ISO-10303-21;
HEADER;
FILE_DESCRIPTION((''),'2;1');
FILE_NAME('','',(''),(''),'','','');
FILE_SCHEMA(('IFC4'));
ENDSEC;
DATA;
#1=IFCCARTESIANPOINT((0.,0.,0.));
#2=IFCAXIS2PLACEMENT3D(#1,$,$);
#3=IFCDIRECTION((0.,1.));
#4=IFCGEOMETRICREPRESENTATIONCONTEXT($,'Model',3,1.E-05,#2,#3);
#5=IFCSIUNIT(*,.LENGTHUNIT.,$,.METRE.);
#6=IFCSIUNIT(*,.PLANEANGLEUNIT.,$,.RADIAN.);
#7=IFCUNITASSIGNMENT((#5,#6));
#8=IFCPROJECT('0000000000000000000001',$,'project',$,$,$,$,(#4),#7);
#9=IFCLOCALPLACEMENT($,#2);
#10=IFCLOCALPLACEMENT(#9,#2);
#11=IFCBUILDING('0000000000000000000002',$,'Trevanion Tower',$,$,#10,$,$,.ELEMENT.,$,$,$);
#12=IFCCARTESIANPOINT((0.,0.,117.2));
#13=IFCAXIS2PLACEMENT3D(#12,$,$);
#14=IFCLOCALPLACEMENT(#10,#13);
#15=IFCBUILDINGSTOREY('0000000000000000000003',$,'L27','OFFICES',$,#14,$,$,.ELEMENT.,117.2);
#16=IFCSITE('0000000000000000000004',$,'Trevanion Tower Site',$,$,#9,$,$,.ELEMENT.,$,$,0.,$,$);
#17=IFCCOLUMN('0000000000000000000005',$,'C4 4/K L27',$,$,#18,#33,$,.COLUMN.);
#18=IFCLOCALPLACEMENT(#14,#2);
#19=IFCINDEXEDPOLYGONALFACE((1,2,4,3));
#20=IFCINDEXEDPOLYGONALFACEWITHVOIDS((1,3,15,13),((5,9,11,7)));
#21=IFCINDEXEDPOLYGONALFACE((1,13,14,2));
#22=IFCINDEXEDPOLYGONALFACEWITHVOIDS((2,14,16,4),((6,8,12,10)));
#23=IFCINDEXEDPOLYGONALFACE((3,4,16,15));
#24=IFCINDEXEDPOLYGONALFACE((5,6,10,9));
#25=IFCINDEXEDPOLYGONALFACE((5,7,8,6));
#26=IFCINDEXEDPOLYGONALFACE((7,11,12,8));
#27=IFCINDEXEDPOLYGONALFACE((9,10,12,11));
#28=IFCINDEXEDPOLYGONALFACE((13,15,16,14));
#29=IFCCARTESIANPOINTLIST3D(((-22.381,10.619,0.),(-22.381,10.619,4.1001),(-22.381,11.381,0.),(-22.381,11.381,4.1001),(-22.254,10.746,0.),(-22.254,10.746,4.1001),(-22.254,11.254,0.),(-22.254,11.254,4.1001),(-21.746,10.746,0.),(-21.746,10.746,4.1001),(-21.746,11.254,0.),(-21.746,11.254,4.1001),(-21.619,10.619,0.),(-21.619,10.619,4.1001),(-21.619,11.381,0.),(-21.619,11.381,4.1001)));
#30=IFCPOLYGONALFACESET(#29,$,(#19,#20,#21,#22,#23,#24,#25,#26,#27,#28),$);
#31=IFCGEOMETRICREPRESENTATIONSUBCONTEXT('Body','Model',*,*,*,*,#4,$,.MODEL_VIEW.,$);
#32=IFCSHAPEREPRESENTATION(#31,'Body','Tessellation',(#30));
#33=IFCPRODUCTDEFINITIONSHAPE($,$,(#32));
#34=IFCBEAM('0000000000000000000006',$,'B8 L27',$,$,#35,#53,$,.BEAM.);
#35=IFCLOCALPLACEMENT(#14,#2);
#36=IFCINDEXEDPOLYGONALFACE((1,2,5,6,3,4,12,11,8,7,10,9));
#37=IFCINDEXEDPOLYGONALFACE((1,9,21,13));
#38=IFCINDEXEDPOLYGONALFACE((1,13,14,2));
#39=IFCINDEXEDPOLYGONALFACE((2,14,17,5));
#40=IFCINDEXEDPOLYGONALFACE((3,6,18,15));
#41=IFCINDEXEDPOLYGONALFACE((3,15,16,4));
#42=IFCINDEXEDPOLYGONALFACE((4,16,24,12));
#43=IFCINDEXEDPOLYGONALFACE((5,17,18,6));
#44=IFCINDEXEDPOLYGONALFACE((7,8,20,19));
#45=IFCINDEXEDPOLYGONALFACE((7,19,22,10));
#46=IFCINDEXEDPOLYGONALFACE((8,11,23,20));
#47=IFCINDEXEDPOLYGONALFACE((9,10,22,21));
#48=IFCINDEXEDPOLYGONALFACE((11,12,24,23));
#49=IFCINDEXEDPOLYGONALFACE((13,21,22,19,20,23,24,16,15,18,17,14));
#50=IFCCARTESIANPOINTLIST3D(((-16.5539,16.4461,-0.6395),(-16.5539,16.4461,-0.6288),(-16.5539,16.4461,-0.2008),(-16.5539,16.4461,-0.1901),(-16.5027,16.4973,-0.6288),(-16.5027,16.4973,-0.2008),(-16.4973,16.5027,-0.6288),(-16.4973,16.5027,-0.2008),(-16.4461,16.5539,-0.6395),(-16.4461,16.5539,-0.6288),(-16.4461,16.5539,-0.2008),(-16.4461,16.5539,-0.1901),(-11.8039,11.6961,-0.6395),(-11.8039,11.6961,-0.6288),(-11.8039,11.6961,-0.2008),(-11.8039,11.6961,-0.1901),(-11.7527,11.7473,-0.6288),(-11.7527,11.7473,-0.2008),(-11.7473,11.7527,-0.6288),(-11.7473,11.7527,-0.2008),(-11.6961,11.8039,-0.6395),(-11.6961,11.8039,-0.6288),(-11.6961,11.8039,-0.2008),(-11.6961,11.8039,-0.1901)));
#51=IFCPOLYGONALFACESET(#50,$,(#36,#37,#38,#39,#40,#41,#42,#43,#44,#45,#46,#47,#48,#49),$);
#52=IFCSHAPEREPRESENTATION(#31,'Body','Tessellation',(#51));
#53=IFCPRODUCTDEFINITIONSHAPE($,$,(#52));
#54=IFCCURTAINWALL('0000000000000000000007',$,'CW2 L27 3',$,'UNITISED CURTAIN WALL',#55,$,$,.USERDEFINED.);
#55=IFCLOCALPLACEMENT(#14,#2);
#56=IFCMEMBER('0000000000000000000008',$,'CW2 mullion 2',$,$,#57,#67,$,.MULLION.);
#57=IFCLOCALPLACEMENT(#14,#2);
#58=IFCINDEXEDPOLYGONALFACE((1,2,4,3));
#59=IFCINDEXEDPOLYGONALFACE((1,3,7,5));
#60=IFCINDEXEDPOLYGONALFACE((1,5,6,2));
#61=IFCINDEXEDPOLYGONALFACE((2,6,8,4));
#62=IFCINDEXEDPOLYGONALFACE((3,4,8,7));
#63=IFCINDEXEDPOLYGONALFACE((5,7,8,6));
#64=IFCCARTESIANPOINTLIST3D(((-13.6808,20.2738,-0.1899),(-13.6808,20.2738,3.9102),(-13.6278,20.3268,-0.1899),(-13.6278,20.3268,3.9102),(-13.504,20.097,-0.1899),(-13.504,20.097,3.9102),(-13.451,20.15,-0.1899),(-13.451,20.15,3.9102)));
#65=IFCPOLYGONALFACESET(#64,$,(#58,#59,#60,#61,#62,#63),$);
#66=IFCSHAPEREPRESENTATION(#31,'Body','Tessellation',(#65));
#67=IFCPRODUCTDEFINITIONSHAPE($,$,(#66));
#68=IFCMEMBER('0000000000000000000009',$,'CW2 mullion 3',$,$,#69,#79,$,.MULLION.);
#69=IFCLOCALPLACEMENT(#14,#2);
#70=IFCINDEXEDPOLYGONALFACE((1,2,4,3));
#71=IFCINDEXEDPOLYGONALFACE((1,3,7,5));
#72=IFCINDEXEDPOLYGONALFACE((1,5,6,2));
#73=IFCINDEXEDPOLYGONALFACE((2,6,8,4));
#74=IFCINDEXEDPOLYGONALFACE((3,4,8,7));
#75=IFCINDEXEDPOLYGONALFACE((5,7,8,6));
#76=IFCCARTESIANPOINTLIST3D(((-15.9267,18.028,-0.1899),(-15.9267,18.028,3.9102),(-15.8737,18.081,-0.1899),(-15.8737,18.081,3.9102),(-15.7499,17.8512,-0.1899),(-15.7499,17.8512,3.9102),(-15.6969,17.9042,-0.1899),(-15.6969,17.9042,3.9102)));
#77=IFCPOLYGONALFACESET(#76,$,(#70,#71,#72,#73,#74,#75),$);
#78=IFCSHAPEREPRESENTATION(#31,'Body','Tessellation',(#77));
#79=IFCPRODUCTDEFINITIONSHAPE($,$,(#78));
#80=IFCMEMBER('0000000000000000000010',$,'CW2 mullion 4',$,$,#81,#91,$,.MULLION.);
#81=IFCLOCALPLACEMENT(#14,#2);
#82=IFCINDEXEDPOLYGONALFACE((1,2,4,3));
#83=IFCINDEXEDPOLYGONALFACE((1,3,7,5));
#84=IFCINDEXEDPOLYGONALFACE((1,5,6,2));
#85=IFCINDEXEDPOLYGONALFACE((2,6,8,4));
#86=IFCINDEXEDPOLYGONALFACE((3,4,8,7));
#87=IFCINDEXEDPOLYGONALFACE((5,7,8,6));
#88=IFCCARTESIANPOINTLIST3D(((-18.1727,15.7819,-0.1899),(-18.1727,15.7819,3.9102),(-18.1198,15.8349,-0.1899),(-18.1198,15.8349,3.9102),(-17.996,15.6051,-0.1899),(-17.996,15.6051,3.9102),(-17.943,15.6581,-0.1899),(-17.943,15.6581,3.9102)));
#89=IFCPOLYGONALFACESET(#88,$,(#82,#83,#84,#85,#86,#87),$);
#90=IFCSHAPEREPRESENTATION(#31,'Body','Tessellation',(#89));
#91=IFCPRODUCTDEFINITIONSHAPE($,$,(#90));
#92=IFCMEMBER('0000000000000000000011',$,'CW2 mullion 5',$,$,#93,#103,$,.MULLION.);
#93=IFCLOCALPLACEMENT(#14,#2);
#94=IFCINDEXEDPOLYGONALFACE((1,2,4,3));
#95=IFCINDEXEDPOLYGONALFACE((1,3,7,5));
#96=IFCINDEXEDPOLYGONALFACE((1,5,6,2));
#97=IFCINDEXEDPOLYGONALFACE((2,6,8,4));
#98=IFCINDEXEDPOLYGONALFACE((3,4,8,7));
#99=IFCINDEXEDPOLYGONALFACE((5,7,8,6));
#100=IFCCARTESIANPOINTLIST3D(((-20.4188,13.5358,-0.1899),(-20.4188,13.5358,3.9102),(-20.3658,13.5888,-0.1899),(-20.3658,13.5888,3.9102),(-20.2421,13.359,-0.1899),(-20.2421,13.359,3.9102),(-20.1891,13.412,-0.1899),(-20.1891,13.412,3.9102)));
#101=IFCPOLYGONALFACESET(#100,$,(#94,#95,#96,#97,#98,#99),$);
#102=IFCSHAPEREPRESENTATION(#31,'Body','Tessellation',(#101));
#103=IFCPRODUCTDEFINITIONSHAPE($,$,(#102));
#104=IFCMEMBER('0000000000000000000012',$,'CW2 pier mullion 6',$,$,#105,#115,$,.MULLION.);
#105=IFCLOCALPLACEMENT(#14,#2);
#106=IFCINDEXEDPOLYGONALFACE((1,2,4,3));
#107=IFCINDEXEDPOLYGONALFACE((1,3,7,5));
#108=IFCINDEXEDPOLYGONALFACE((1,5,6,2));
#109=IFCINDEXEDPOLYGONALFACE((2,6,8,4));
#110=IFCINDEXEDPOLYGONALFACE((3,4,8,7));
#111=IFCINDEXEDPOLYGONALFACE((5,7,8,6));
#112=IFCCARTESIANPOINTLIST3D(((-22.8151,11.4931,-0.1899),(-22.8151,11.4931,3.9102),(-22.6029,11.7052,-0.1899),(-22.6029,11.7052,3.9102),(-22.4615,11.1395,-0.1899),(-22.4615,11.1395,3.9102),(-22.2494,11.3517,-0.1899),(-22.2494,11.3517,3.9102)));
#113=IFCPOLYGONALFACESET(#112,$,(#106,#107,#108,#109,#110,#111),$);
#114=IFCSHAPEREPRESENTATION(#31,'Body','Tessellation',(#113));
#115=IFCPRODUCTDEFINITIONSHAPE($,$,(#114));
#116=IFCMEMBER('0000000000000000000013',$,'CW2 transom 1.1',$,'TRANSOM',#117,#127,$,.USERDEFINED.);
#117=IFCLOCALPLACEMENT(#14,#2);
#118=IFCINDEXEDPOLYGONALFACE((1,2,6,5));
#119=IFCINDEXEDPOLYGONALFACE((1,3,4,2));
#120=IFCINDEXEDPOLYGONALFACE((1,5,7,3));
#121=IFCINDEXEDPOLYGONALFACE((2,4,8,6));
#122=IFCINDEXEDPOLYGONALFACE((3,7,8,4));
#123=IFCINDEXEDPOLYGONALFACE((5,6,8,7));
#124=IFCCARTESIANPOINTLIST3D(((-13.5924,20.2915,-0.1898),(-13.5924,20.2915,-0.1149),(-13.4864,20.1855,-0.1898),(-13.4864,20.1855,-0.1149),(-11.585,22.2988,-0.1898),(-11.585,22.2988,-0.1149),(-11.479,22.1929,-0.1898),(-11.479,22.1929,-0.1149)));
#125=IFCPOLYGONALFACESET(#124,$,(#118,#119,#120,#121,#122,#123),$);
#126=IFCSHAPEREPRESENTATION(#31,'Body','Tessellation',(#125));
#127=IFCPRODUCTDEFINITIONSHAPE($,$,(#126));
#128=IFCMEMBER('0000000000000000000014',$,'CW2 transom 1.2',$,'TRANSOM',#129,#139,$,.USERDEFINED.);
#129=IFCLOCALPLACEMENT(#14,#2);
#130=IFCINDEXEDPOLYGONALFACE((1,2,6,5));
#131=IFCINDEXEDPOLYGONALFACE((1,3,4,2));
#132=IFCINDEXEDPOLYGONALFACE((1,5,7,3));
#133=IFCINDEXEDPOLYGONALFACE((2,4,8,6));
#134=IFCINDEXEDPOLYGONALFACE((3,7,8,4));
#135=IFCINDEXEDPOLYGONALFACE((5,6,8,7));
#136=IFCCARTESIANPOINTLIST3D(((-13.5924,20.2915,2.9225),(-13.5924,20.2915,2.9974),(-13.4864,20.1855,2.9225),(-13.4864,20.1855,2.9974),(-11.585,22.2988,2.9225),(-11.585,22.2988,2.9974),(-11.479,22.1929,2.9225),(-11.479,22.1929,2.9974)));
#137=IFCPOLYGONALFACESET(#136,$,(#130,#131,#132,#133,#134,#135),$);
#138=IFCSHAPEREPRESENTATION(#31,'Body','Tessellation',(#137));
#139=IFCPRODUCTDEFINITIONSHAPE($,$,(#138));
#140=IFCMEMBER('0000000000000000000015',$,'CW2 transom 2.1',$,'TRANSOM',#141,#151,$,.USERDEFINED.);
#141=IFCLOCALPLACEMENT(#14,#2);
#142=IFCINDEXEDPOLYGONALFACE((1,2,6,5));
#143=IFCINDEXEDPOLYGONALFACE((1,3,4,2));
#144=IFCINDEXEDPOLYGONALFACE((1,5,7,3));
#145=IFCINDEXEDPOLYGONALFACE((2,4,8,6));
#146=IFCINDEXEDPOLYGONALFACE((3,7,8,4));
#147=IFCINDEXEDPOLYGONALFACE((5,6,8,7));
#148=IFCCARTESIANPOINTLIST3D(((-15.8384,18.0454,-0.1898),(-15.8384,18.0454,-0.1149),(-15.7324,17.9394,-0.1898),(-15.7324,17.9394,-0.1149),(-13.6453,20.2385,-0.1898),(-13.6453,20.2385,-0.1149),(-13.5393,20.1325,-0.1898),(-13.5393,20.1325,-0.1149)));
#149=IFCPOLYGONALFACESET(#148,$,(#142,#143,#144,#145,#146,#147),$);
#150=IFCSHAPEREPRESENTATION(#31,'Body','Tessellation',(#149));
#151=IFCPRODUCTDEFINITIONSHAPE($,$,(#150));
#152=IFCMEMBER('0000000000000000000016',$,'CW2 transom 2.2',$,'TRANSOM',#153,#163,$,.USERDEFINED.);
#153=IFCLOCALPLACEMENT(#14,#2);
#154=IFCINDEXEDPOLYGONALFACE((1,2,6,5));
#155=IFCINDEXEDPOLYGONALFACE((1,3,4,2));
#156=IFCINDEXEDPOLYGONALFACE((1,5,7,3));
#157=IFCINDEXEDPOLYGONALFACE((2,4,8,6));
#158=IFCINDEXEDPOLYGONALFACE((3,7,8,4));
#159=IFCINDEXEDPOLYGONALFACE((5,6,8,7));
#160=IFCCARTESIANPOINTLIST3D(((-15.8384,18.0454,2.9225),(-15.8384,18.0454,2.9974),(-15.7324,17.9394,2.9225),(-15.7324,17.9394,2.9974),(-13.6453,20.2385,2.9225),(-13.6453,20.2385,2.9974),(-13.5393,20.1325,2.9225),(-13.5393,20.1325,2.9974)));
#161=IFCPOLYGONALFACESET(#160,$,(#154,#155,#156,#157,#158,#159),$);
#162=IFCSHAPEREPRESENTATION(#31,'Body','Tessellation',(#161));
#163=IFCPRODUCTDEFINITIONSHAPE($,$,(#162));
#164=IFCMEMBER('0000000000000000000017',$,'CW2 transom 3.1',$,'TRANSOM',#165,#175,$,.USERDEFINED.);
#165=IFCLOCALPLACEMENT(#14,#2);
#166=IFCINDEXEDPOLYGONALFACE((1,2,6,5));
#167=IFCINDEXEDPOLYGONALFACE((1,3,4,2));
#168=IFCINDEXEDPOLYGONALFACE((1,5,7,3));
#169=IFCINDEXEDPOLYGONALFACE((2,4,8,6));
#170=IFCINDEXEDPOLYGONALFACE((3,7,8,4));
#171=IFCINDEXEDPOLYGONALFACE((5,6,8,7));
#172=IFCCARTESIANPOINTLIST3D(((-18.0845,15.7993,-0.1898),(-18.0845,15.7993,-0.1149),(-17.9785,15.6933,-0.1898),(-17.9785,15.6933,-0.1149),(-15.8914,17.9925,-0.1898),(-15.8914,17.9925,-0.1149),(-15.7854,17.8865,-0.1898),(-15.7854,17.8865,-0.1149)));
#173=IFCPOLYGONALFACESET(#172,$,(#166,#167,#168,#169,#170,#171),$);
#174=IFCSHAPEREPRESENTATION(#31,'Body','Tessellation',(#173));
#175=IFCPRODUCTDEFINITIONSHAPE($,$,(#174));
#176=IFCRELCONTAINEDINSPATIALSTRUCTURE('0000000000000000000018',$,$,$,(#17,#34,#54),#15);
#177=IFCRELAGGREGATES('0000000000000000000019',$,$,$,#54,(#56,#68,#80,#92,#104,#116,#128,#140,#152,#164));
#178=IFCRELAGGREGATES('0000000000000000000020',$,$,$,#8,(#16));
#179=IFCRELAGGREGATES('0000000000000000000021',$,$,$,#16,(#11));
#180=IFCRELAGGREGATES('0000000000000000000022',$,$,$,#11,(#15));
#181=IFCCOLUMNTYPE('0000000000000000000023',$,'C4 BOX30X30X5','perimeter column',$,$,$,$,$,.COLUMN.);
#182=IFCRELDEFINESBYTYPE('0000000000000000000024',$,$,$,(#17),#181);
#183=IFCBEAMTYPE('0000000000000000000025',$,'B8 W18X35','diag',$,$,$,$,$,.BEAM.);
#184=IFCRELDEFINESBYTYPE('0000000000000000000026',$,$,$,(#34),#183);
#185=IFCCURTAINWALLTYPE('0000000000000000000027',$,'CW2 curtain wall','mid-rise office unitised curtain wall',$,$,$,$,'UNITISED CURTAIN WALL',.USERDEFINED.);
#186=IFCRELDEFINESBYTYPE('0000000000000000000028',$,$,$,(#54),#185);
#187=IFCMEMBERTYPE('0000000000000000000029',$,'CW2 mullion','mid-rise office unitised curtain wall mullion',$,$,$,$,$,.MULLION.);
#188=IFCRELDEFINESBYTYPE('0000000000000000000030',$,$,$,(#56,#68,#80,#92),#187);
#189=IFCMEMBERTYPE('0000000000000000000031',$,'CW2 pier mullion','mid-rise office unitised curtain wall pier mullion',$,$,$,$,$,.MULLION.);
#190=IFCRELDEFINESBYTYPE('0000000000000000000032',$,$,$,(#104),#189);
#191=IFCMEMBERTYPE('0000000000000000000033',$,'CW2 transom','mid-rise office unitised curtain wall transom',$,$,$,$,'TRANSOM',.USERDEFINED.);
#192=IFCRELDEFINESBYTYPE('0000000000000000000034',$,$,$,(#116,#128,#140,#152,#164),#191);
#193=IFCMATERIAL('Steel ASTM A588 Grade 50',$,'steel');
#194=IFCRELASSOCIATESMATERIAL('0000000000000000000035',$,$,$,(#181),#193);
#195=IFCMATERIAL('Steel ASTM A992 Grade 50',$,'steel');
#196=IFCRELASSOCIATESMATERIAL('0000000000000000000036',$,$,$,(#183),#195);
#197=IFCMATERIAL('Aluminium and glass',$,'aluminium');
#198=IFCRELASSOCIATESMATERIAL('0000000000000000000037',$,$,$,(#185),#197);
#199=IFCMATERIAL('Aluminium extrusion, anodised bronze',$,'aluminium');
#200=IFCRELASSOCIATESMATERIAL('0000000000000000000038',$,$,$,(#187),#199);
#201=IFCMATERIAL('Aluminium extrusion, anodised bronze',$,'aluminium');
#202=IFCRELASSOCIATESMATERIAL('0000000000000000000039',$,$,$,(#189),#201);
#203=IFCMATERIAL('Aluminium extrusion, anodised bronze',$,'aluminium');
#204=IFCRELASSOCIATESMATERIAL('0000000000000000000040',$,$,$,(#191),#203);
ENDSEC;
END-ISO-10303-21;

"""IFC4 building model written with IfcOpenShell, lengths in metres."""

from ifc_helpers import new_model, si_unit, direction, frame, origin, origin_2d, place, context, subcontext, project, spatial, rectangle, hollow_rectangle, i_section, extrude, material, material_profile, profile_set, type_object, element, aggregate, save


model = new_model("IFC4")

# Units and contexts
model_context = context("Model", 3, precision=1e-05, world=origin(), true_north=direction((0.0, 1.0)))
body_context = subcontext(model_context, "Body", "Model", "MODEL_VIEW")
ifc_project = project(units=[si_unit("LENGTHUNIT", "METRE"), si_unit("PLANEANGLEUNIT", "RADIAN")], contexts=[model_context])

# Site, building, storey
site_placement = place(None, origin())
site = spatial("IfcSite", under=ifc_project, at=site_placement, Name="Trevanion Tower Site", CompositionType="ELEMENT", RefElevation=0.0)
building_placement = place(site_placement, origin())
building = spatial("IfcBuilding", under=site, at=building_placement, Name="Trevanion Tower", CompositionType="ELEMENT")
storey_placement = place(building_placement, frame((0.0, 0.0, 117.2)))
storey = spatial("IfcBuildingStorey", under=building, at=storey_placement, Name="L27", Description="OFFICES", CompositionType="ELEMENT", Elevation=117.2)

# Column
ifc_material_1 = material(Name="Steel ASTM A588 Grade 50", Category="steel")
ifc_material_profile_1 = material_profile(ifc_material_1, hollow_rectangle(XDim=0.762, YDim=0.762, WallThickness=0.127, at=origin_2d()), Name="BOX30X30X5")
ifc_profile_set_1 = profile_set([ifc_material_profile_1], Name="Steel ASTM A588 Grade 50")
column_type = type_object("IfcColumnType", Name="C4 BOX30X30X5", Description="perimeter column", PredefinedType="COLUMN", material=ifc_profile_set_1)
column_placement = place(storey_placement, frame((-22.0, 11.0, 0.0), z_axis=(0.0, 0.0, 1.0), x_axis=(0.0, 1.0, 0.0)))
element("IfcColumn", 1, at=column_placement, inside=storey, type_object=column_type, Name="C4 4/K L27", PredefinedType="COLUMN", context=body_context, shape_type="SweptSolid", body=[
    extrude(hollow_rectangle(XDim=0.762, YDim=0.762, WallThickness=0.127, at=origin_2d()), origin(), (0.0, 0.0, 1.0), 4.1001),
])

# Beam
ifc_material_2 = material(Name="Steel ASTM A992 Grade 50", Category="steel")
ifc_material_profile_2 = material_profile(ifc_material_2, i_section(OverallWidth=0.1523, OverallDepth=0.4495, WebThickness=0.0076, FlangeThickness=0.0107, at=origin_2d()), Name="W18X35")
ifc_profile_set_2 = profile_set([ifc_material_profile_2], Name="Steel ASTM A992 Grade 50")
beam_type_1 = type_object("IfcBeamType", Name="B8 W18X35", Description="diag", PredefinedType="BEAM", material=ifc_profile_set_2)
beam_1_placement = place(storey_placement, frame((-11.75, 11.75, -0.4148), z_axis=(-0.707107, 0.707107, 0.0), x_axis=(-0.707107, -0.707107, 0.0)))
element("IfcBeam", 2, at=beam_1_placement, inside=storey, type_object=beam_type_1, Name="B8 L27", PredefinedType="BEAM", context=body_context, shape_type="SweptSolid", body=[
    extrude(i_section(OverallWidth=0.1523, OverallDepth=0.4495, WebThickness=0.0076, FlangeThickness=0.0107, at=origin_2d()), origin(), (0.0, 0.0, 1.0), 6.7175),
])

# Curtain wall, members
ifc_material_3 = material(Name="Aluminium and glass", Category="aluminium")
curtain_wall_type = type_object("IfcCurtainWallType", Name="CW2 curtain wall", Description="mid-rise office unitised curtain wall", ElementType="UNITISED CURTAIN WALL", PredefinedType="USERDEFINED", material=ifc_material_3)
curtain_wall_placement = place(storey_placement, origin())
curtain_wall = element("IfcCurtainWall", 3, at=curtain_wall_placement, inside=storey, type_object=curtain_wall_type, Name="CW2 L27 3", ObjectType="UNITISED CURTAIN WALL", PredefinedType="USERDEFINED")
ifc_material_4 = material(Name="Aluminium extrusion, anodised bronze", Category="aluminium")
ifc_material_profile_3 = material_profile(ifc_material_4, rectangle(XDim=0.075, YDim=0.25, at=origin_2d()), Name="CW2 mullion")
ifc_profile_set_3 = profile_set([ifc_material_profile_3], Name="Aluminium extrusion, anodised bronze")
member_type_1 = type_object("IfcMemberType", Name="CW2 mullion", Description="mid-rise office unitised curtain wall mullion", PredefinedType="MULLION", material=ifc_profile_set_3)
member_1_placement = place(storey_placement, frame((-13.5659, 20.2119, -0.1899), z_axis=(0.0, 0.0, 1.0), x_axis=(-0.707107, -0.707107, 0.0)))
member_1 = element("IfcMember", 4, at=member_1_placement, type_object=member_type_1, Name="CW2 mullion 2", PredefinedType="MULLION", context=body_context, shape_type="SweptSolid", body=[
    extrude(rectangle(XDim=0.075, YDim=0.25, at=origin_2d()), origin(), (0.0, 0.0, 1.0), 4.1001),
])
member_2_placement = place(storey_placement, frame((-15.8118, 17.9661, -0.1899), z_axis=(0.0, 0.0, 1.0), x_axis=(-0.707107, -0.707107, 0.0)))
member_2 = element("IfcMember", 5, at=member_2_placement, type_object=member_type_1, Name="CW2 mullion 3", PredefinedType="MULLION", context=body_context, shape_type="SweptSolid", body=[
    extrude(rectangle(XDim=0.075, YDim=0.25, at=origin_2d()), origin(), (0.0, 0.0, 1.0), 4.1001),
])
member_3_placement = place(storey_placement, frame((-18.0579, 15.72, -0.1899), z_axis=(0.0, 0.0, 1.0), x_axis=(-0.707107, -0.707107, 0.0)))
member_3 = element("IfcMember", 6, at=member_3_placement, type_object=member_type_1, Name="CW2 mullion 4", PredefinedType="MULLION", context=body_context, shape_type="SweptSolid", body=[
    extrude(rectangle(XDim=0.075, YDim=0.25, at=origin_2d()), origin(), (0.0, 0.0, 1.0), 4.1001),
])
member_4_placement = place(storey_placement, frame((-20.304, 13.4739, -0.1899), z_axis=(0.0, 0.0, 1.0), x_axis=(-0.707107, -0.707107, 0.0)))
member_4 = element("IfcMember", 7, at=member_4_placement, type_object=member_type_1, Name="CW2 mullion 5", PredefinedType="MULLION", context=body_context, shape_type="SweptSolid", body=[
    extrude(rectangle(XDim=0.075, YDim=0.25, at=origin_2d()), origin(), (0.0, 0.0, 1.0), 4.1001),
])
ifc_material_5 = material(Name="Aluminium extrusion, anodised bronze", Category="aluminium")
ifc_material_profile_4 = material_profile(ifc_material_5, rectangle(XDim=0.3, YDim=0.5, at=origin_2d()), Name="CW2 pier mullion")
ifc_profile_set_4 = profile_set([ifc_material_profile_4], Name="Aluminium extrusion, anodised bronze")
member_type_2 = type_object("IfcMemberType", Name="CW2 pier mullion", Description="mid-rise office unitised curtain wall pier mullion", PredefinedType="MULLION", material=ifc_profile_set_4)
member_5_placement = place(storey_placement, frame((-22.5322, 11.4224, -0.1899), z_axis=(0.0, 0.0, 1.0), x_axis=(-0.707107, -0.707107, 0.0)))
member_5 = element("IfcMember", 8, at=member_5_placement, type_object=member_type_2, Name="CW2 pier mullion 6", PredefinedType="MULLION", context=body_context, shape_type="SweptSolid", body=[
    extrude(rectangle(XDim=0.3, YDim=0.5, at=origin_2d()), origin(), (0.0, 0.0, 1.0), 4.1001),
])
ifc_material_6 = material(Name="Aluminium extrusion, anodised bronze", Category="aluminium")
ifc_material_profile_5 = material_profile(ifc_material_6, rectangle(XDim=0.1499, YDim=0.075, at=origin_2d()), Name="CW2 transom")
ifc_profile_set_5 = profile_set([ifc_material_profile_5], Name="Aluminium extrusion, anodised bronze")
member_type_3 = type_object("IfcMemberType", Name="CW2 transom", Description="mid-rise office unitised curtain wall transom", ElementType="TRANSOM", PredefinedType="USERDEFINED", material=ifc_profile_set_5)
member_6_placement = place(storey_placement, frame((-11.532, 22.2458, -0.1523), z_axis=(-0.707107, -0.707107, 0.0), x_axis=(0.707107, -0.707107, 0.0)))
member_6 = element("IfcMember", 9, at=member_6_placement, type_object=member_type_3, Name="CW2 transom 1.1", ObjectType="TRANSOM", PredefinedType="USERDEFINED", context=body_context, shape_type="SweptSolid", body=[
    extrude(rectangle(XDim=0.1499, YDim=0.075, at=origin_2d()), origin(), (0.0, 0.0, 1.0), 2.8389),
])
member_7_placement = place(storey_placement, frame((-11.532, 22.2458, 2.96), z_axis=(-0.707107, -0.707107, 0.0), x_axis=(0.707107, -0.707107, 0.0)))
member_7 = element("IfcMember", 10, at=member_7_placement, type_object=member_type_3, Name="CW2 transom 1.2", ObjectType="TRANSOM", PredefinedType="USERDEFINED", context=body_context, shape_type="SweptSolid", body=[
    extrude(rectangle(XDim=0.1499, YDim=0.075, at=origin_2d()), origin(), (0.0, 0.0, 1.0), 2.8389),
])
member_8_placement = place(storey_placement, frame((-13.5923, 20.1855, -0.1523), z_axis=(-0.707107, -0.707107, 0.0), x_axis=(0.707107, -0.707107, 0.0)))
member_8 = element("IfcMember", 11, at=member_8_placement, type_object=member_type_3, Name="CW2 transom 2.1", ObjectType="TRANSOM", PredefinedType="USERDEFINED", context=body_context, shape_type="SweptSolid", body=[
    extrude(rectangle(XDim=0.1499, YDim=0.075, at=origin_2d()), origin(), (0.0, 0.0, 1.0), 3.1016),
])
member_9_placement = place(storey_placement, frame((-13.5923, 20.1855, 2.96), z_axis=(-0.707107, -0.707107, 0.0), x_axis=(0.707107, -0.707107, 0.0)))
member_9 = element("IfcMember", 12, at=member_9_placement, type_object=member_type_3, Name="CW2 transom 2.2", ObjectType="TRANSOM", PredefinedType="USERDEFINED", context=body_context, shape_type="SweptSolid", body=[
    extrude(rectangle(XDim=0.1499, YDim=0.075, at=origin_2d()), origin(), (0.0, 0.0, 1.0), 3.1016),
])
member_10_placement = place(storey_placement, frame((-15.8384, 17.9395, -0.1523), z_axis=(-0.707107, -0.707107, 0.0), x_axis=(0.707107, -0.707107, 0.0)))
member_10 = element("IfcMember", 13, at=member_10_placement, type_object=member_type_3, Name="CW2 transom 3.1", ObjectType="TRANSOM", PredefinedType="USERDEFINED", context=body_context, shape_type="SweptSolid", body=[
    extrude(rectangle(XDim=0.1499, YDim=0.075, at=origin_2d()), origin(), (0.0, 0.0, 1.0), 3.1016),
])

aggregate(curtain_wall, [member_1, member_2, member_3, member_4, member_5, member_6, member_7, member_8, member_9, member_10])

save(model, "model.ifc")
